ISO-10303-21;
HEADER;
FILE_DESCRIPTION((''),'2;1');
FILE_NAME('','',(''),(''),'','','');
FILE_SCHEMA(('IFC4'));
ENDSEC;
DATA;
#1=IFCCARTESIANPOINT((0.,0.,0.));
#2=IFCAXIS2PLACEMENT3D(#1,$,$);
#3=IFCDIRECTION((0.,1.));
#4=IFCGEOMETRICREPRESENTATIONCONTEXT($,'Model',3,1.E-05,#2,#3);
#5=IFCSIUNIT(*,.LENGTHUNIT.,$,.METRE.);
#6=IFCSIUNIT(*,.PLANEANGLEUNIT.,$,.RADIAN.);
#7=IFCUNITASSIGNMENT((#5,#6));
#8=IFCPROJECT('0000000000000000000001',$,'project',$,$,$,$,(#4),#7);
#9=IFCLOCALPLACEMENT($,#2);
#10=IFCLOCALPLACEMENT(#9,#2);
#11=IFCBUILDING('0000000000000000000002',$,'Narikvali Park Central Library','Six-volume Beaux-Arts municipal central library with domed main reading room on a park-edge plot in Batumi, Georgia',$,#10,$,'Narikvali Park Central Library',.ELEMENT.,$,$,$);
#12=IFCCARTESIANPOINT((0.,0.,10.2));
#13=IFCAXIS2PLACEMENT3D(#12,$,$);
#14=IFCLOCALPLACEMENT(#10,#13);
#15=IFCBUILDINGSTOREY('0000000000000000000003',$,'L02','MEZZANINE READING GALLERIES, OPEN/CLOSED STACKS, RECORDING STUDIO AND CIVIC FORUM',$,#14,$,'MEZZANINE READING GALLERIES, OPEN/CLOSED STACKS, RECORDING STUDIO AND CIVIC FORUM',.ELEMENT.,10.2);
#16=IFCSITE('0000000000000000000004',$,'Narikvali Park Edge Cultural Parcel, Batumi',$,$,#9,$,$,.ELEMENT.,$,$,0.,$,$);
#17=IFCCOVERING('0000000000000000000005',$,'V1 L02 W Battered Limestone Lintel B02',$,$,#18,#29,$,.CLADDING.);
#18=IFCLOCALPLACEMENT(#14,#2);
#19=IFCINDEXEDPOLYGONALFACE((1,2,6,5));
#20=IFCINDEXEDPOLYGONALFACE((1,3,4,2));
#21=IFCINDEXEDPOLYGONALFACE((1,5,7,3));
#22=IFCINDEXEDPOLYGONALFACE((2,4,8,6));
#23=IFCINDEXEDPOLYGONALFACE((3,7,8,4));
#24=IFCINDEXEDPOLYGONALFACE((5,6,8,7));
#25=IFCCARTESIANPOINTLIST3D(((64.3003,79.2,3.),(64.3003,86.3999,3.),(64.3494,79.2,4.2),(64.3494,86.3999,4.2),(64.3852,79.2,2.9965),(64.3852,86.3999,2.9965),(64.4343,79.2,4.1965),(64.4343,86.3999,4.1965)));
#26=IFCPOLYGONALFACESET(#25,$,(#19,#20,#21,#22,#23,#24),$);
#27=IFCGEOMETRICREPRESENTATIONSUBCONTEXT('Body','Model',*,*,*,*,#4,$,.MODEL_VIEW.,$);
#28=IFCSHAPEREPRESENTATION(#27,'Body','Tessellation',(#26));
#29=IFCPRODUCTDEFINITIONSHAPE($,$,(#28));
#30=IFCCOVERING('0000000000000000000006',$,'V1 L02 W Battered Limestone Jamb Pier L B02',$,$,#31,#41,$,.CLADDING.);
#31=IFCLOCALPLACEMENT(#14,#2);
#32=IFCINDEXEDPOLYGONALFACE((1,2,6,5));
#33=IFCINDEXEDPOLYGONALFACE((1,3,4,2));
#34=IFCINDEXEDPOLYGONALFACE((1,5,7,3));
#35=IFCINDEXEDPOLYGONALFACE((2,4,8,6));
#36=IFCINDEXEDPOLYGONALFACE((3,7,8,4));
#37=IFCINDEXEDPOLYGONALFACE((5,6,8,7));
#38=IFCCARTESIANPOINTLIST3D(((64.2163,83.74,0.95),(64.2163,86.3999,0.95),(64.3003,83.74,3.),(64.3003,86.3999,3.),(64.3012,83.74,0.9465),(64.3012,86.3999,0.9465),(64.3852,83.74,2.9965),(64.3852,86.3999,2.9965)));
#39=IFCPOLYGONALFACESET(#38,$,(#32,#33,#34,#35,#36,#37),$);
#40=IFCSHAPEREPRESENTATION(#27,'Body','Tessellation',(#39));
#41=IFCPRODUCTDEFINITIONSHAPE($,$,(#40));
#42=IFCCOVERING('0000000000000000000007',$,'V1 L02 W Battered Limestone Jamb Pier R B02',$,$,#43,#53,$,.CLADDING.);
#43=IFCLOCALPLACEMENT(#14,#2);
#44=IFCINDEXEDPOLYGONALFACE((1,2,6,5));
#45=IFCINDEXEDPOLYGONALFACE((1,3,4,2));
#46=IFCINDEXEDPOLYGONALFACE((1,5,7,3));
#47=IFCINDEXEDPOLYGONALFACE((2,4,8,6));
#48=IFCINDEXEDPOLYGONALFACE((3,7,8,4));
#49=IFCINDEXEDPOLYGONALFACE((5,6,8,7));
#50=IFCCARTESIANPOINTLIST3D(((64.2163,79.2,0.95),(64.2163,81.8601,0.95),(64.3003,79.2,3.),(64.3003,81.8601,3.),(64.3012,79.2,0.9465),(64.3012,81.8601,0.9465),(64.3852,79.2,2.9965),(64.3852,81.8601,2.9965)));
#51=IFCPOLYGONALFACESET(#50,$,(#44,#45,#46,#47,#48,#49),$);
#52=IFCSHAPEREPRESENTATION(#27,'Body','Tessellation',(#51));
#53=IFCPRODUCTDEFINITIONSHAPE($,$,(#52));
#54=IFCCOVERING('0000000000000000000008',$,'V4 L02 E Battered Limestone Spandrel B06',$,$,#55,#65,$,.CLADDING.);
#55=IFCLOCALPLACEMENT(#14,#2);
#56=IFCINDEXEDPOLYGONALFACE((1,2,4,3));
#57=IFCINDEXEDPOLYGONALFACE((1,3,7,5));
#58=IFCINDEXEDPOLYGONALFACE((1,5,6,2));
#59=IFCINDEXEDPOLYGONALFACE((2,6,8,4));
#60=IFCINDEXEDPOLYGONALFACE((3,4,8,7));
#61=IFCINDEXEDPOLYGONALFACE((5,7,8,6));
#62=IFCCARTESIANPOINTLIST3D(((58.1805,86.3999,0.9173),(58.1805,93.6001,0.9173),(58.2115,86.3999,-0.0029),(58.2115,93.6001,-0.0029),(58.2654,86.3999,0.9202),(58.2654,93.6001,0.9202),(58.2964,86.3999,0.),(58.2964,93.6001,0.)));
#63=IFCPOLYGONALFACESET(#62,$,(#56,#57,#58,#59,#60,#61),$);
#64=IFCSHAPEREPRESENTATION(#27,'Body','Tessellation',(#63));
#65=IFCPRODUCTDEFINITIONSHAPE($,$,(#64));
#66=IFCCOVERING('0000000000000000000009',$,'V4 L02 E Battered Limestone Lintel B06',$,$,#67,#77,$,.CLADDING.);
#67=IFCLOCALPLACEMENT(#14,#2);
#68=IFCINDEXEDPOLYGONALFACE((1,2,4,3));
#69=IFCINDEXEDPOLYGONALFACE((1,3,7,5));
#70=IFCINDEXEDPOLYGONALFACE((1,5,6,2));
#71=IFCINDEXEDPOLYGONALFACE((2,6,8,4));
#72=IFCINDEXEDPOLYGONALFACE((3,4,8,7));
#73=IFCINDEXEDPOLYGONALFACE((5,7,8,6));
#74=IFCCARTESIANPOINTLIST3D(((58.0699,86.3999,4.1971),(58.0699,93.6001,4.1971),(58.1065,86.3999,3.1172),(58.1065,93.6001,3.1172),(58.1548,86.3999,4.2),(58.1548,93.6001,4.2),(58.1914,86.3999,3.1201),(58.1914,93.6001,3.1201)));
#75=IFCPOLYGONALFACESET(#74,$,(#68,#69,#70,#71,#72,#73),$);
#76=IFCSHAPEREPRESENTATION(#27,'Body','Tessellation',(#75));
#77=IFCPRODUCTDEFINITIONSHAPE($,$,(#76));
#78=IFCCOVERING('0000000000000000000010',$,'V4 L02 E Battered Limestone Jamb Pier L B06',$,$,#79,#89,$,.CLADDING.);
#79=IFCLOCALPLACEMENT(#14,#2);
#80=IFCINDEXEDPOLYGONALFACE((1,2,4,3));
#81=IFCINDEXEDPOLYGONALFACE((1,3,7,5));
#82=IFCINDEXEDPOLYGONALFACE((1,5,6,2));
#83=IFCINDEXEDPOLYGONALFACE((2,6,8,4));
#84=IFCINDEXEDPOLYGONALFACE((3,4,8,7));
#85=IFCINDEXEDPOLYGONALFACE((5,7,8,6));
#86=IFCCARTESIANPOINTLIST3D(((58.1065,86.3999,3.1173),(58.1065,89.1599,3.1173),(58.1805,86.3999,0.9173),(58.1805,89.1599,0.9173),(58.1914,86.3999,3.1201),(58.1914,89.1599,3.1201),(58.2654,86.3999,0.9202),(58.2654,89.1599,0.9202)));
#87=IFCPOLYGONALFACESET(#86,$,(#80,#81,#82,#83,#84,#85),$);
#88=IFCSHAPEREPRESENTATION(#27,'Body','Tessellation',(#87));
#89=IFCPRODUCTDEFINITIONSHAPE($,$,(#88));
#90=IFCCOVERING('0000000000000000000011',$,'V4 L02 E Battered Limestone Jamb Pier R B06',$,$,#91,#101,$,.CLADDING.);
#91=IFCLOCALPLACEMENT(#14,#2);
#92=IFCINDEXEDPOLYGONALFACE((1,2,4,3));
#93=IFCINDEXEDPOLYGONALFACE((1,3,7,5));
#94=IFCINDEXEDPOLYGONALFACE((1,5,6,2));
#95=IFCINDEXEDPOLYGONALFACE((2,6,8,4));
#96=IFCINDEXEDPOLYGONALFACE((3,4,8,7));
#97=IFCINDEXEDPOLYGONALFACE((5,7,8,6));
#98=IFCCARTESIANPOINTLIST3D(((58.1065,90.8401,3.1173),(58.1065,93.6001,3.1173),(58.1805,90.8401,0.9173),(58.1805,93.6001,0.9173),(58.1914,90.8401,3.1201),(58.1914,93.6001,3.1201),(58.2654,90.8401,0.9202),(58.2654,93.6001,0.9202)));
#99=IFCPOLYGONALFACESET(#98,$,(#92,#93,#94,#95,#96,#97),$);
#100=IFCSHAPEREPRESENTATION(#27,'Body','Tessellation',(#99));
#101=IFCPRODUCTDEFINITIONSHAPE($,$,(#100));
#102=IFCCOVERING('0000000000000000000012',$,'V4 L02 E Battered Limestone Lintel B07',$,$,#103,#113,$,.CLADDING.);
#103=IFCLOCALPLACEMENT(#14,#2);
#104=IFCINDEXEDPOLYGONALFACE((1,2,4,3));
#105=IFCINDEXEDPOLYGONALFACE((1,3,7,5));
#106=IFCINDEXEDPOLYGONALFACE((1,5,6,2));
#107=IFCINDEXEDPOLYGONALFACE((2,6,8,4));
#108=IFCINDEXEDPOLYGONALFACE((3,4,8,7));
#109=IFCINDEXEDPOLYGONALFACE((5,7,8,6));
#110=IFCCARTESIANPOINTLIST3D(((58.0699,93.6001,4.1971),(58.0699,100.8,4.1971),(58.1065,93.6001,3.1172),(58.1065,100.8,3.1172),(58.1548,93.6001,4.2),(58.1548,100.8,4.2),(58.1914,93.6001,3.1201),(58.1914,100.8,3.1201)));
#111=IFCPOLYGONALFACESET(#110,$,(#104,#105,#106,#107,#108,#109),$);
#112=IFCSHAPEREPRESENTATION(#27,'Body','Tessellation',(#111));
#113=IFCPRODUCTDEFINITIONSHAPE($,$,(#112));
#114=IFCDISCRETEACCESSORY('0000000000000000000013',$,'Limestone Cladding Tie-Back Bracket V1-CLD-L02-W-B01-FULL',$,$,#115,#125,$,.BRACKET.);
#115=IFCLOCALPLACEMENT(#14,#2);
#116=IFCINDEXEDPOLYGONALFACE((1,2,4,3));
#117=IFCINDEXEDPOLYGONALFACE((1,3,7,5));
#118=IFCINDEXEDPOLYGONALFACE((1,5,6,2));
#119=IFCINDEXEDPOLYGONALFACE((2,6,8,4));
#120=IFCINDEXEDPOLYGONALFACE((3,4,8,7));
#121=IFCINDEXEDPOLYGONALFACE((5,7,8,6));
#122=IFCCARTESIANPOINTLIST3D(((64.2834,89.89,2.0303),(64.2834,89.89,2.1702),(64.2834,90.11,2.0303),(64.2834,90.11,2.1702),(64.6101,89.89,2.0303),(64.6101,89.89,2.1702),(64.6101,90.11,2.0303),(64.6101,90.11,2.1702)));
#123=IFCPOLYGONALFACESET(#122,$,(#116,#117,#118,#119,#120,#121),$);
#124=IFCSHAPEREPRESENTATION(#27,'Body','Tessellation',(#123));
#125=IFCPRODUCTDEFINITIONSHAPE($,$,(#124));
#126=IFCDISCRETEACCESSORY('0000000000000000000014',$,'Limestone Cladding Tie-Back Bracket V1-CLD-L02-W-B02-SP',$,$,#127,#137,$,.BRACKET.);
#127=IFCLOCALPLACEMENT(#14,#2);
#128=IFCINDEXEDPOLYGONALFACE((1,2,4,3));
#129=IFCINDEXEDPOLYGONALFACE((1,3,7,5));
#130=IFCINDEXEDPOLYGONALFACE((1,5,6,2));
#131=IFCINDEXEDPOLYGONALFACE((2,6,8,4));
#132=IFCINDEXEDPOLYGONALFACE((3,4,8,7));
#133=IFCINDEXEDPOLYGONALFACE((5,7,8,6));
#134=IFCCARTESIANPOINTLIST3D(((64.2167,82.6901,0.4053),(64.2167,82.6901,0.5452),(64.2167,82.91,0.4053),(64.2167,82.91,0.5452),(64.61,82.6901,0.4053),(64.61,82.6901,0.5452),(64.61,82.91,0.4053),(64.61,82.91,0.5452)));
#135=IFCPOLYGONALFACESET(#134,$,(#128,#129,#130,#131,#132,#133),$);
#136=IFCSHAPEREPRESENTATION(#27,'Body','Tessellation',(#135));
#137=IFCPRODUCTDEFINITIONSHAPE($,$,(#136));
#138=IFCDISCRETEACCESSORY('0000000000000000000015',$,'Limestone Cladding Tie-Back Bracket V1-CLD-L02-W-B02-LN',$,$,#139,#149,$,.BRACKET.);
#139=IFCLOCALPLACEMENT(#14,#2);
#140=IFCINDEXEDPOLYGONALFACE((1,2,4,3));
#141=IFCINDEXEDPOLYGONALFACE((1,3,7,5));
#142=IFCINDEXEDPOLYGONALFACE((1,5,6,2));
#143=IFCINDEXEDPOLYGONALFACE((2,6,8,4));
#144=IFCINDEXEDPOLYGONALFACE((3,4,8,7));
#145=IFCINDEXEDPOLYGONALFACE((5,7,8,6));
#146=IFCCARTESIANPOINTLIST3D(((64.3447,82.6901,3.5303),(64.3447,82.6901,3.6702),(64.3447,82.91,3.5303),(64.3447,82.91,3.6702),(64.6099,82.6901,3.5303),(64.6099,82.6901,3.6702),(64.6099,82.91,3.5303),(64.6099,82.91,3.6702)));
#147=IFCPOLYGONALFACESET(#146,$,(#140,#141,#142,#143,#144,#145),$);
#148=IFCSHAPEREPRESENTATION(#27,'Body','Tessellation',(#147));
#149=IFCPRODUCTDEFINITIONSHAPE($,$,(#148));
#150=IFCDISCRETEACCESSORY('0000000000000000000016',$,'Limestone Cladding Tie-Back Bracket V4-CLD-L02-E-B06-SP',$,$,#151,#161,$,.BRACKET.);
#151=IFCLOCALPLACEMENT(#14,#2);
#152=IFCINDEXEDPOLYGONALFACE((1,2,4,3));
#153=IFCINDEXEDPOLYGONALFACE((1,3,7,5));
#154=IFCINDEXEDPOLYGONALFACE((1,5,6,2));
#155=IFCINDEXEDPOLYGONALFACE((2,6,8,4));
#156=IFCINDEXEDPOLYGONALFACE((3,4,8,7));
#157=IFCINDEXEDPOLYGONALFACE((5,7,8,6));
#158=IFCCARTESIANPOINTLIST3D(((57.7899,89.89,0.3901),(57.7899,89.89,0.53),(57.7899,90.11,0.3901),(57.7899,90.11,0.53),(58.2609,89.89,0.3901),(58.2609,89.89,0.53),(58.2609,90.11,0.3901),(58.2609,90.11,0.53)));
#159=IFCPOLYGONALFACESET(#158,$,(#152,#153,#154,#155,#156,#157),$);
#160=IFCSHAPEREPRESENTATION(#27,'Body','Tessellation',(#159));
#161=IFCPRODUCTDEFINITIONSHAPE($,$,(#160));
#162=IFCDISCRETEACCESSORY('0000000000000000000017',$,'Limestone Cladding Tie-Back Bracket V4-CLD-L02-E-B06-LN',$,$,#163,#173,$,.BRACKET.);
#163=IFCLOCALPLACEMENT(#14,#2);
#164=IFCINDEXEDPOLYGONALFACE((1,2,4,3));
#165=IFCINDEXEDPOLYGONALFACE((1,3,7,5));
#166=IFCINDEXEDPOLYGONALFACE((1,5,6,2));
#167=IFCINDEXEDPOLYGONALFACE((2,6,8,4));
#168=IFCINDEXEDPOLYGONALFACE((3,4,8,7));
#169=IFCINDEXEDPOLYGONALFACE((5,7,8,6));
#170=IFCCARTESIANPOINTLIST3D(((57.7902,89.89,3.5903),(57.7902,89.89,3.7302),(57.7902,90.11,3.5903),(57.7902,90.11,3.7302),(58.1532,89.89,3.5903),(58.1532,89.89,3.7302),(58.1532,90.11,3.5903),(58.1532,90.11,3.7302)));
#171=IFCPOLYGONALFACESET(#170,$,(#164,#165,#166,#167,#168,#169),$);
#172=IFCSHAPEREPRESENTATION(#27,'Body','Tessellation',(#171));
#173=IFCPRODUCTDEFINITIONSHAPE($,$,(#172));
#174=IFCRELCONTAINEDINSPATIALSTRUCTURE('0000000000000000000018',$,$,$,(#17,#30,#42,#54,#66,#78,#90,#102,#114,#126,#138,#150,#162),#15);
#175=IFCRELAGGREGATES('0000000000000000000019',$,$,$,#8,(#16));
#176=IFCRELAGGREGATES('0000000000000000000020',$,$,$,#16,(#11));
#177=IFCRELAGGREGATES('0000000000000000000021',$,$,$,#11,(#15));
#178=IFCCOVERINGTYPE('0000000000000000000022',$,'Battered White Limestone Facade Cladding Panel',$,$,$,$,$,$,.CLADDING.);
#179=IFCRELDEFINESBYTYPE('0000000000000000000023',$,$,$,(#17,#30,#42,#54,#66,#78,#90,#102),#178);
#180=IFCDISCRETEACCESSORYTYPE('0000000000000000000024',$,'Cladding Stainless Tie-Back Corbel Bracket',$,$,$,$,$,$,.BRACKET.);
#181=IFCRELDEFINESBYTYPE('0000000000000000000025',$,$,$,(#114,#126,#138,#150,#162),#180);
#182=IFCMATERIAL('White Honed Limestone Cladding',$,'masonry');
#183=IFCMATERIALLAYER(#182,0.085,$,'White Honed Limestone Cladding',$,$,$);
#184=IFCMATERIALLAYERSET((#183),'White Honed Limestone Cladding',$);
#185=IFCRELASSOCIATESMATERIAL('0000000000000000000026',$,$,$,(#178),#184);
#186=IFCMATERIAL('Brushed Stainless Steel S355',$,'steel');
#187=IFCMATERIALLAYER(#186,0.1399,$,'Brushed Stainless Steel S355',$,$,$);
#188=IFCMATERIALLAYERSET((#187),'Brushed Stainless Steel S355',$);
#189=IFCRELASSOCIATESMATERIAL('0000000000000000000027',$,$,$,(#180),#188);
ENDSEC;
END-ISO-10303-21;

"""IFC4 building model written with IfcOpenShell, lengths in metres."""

from ifc_helpers import new_model, si_unit, direction, frame, origin, origin_2d, place, context, subcontext, project, spatial, polyline, rectangle, outline, extrude, material, layer, layer_set, type_object, element, save


model = new_model("IFC4")

# Units and contexts
model_context = context("Model", 3, precision=1e-05, world=origin(), true_north=direction((0.0, 1.0)))
body_context = subcontext(model_context, "Body", "Model", "MODEL_VIEW")
ifc_project = project(units=[si_unit("LENGTHUNIT", "METRE"), si_unit("PLANEANGLEUNIT", "RADIAN")], contexts=[model_context])

# Site, building, storey
site_placement = place(None, origin())
site = spatial("IfcSite", under=ifc_project, at=site_placement, Name="Narikvali Park Edge Cultural Parcel, Batumi", CompositionType="ELEMENT", RefElevation=0.0)
building_placement = place(site_placement, origin())
building = spatial("IfcBuilding", under=site, at=building_placement, Name="Narikvali Park Central Library", Description="Six-volume Beaux-Arts municipal central library with domed main reading room on a park-edge plot in Batumi, Georgia", LongName="Narikvali Park Central Library", CompositionType="ELEMENT")
storey_placement = place(building_placement, frame((0.0, 0.0, 10.2)))
storey = spatial("IfcBuildingStorey", under=building, at=storey_placement, Name="L02", Description="MEZZANINE READING GALLERIES, OPEN/CLOSED STACKS, RECORDING STUDIO AND CIVIC FORUM", LongName="MEZZANINE READING GALLERIES, OPEN/CLOSED STACKS, RECORDING STUDIO AND CIVIC FORUM", CompositionType="ELEMENT", Elevation=10.2)

# Coverings
ifc_material_1 = material(Name="White Honed Limestone Cladding", Category="masonry")
ifc_layer_1 = layer(ifc_material_1, 0.085, Name="White Honed Limestone Cladding")
ifc_layer_set_1 = layer_set([ifc_layer_1], Name="White Honed Limestone Cladding")
covering_type = type_object("IfcCoveringType", Name="Battered White Limestone Facade Cladding Panel", PredefinedType="CLADDING", material=ifc_layer_set_1)
covering_1_placement = place(storey_placement, frame((64.3003, 86.3999, 3.0), z_axis=(-0.999165, 0.0, 0.040861), x_axis=(0.0, -1.0, 0.0)))
element("IfcCovering", 1, at=covering_1_placement, inside=storey, type_object=covering_type, Name="V1 L02 W Battered Limestone Lintel B02", PredefinedType="CLADDING", context=body_context, shape_type="SweptSolid", body=[
    extrude(outline(polyline([(0.0, 0.0), (7.2, 0.0), (7.2, 1.201), (0.0, 1.201), (0.0, 0.0)])), origin(), (0.0, 0.0, -1.0), 0.085),
])
covering_2_placement = place(storey_placement, frame((64.2163, 86.3999, 0.95), z_axis=(-0.999162, 0.0, 0.040933), x_axis=(0.0, -1.0, 0.0)))
element("IfcCovering", 2, at=covering_2_placement, inside=storey, type_object=covering_type, Name="V1 L02 W Battered Limestone Jamb Pier L B02", PredefinedType="CLADDING", context=body_context, shape_type="SweptSolid", body=[
    extrude(outline(polyline([(0.0, 0.0), (2.6599, 0.0), (2.6599, 2.0518), (0.0, 2.0518), (0.0, 0.0)])), origin(), (0.0, 0.0, -1.0), 0.085),
])
covering_3_placement = place(storey_placement, frame((64.2163, 81.8601, 0.95), z_axis=(-0.999162, 0.0, 0.040933), x_axis=(0.0, -1.0, 0.0)))
element("IfcCovering", 3, at=covering_3_placement, inside=storey, type_object=covering_type, Name="V1 L02 W Battered Limestone Jamb Pier R B02", PredefinedType="CLADDING", context=body_context, shape_type="SweptSolid", body=[
    extrude(outline(polyline([(0.0, 0.0), (2.6602, 0.0), (2.6602, 2.0518), (0.0, 2.0518), (0.0, 0.0)])), origin(), (0.0, 0.0, -1.0), 0.085),
])
covering_4_placement = place(storey_placement, frame((58.2964, 86.3999, 0.0), z_axis=(0.999433, 0.0, 0.033677), x_axis=(0.0, 1.0, 0.0)))
element("IfcCovering", 4, at=covering_4_placement, inside=storey, type_object=covering_type, Name="V4 L02 E Battered Limestone Spandrel B06", PredefinedType="CLADDING", context=body_context, shape_type="SweptSolid", body=[
    extrude(outline(polyline([(0.0, 0.0), (7.2002, 0.0), (7.2002, 0.9207), (0.0, 0.9207), (0.0, 0.0)])), origin(), (0.0, 0.0, -1.0), 0.085),
])
covering_5_placement = place(storey_placement, frame((58.1914, 86.3999, 3.1201), z_axis=(0.999425, 0.0, 0.033894), x_axis=(0.0, 1.0, 0.0)))
element("IfcCovering", 5, at=covering_5_placement, inside=storey, type_object=covering_type, Name="V4 L02 E Battered Limestone Lintel B06", PredefinedType="CLADDING", context=body_context, shape_type="SweptSolid", body=[
    extrude(outline(polyline([(0.0, 0.0), (7.2002, 0.0), (7.2002, 1.0805), (0.0, 1.0805), (0.0, 0.0)])), origin(), (0.0, 0.0, -1.0), 0.085),
])
for number, where, z_axis, x_axis, name in (
    (6, (58.2654, 86.3999, 0.9202), (0.999435, 0.0, 0.033607), (0.0, 1.0, 0.0), "V4 L02 E Battered Limestone Jamb Pier L B06"),
    (7, (58.2654, 90.8401, 0.9202), (0.999435, 0.0, 0.033607), (0.0, 1.0, 0.0), "V4 L02 E Battered Limestone Jamb Pier R B06"),
):
    element("IfcCovering", number, at=place(storey_placement, frame(where, z_axis=z_axis, x_axis=x_axis)), inside=storey, type_object=covering_type, Name=name, PredefinedType="CLADDING", context=body_context, shape_type="SweptSolid", body=[
        extrude(outline(polyline([(0.0, 0.0), (2.76, 0.0), (2.76, 2.2012), (0.0, 2.2012), (0.0, 0.0)])), origin(), (0.0, 0.0, -1.0), 0.085),
    ])
covering_6_placement = place(storey_placement, frame((58.1914, 93.6001, 3.1201), z_axis=(0.999425, 0.0, 0.033894), x_axis=(0.0, 1.0, 0.0)))
element("IfcCovering", 8, at=covering_6_placement, inside=storey, type_object=covering_type, Name="V4 L02 E Battered Limestone Lintel B07", PredefinedType="CLADDING", context=body_context, shape_type="SweptSolid", body=[
    extrude(outline(polyline([(0.0, 0.0), (7.2, 0.0), (7.2, 1.0805), (0.0, 1.0805), (0.0, 0.0)])), origin(), (0.0, 0.0, -1.0), 0.085),
])

# Discrete accessories
ifc_material_2 = material(Name="Brushed Stainless Steel S355", Category="steel")
ifc_layer_2 = layer(ifc_material_2, 0.1399, Name="Brushed Stainless Steel S355")
ifc_layer_set_2 = layer_set([ifc_layer_2], Name="Brushed Stainless Steel S355")
discrete_accessory_type = type_object("IfcDiscreteAccessoryType", Name="Cladding Stainless Tie-Back Corbel Bracket", PredefinedType="BRACKET", material=ifc_layer_set_2)
discrete_accessory_1_placement = place(storey_placement, frame((64.4468, 90.0, 2.0303), z_axis=(0.0, 0.0, 1.0), x_axis=(1.0, 0.0, 0.0)))
element("IfcDiscreteAccessory", 9, at=discrete_accessory_1_placement, inside=storey, type_object=discrete_accessory_type, Name="Limestone Cladding Tie-Back Bracket V1-CLD-L02-W-B01-FULL", PredefinedType="BRACKET", context=body_context, shape_type="SweptSolid", body=[
    extrude(rectangle(XDim=0.3267, YDim=0.22, at=origin_2d()), origin(), (0.0, 0.0, 1.0), 0.1399),
])
discrete_accessory_2_placement = place(storey_placement, frame((64.4133, 82.8, 0.4053), z_axis=(0.0, 0.0, 1.0), x_axis=(1.0, 0.0, 0.0)))
element("IfcDiscreteAccessory", 10, at=discrete_accessory_2_placement, inside=storey, type_object=discrete_accessory_type, Name="Limestone Cladding Tie-Back Bracket V1-CLD-L02-W-B02-SP", PredefinedType="BRACKET", context=body_context, shape_type="SweptSolid", body=[
    extrude(rectangle(XDim=0.3933, YDim=0.22, at=origin_2d()), origin(), (0.0, 0.0, 1.0), 0.1399),
])
discrete_accessory_3_placement = place(storey_placement, frame((64.4773, 82.8, 3.5303), z_axis=(0.0, 0.0, 1.0), x_axis=(1.0, 0.0, 0.0)))
element("IfcDiscreteAccessory", 11, at=discrete_accessory_3_placement, inside=storey, type_object=discrete_accessory_type, Name="Limestone Cladding Tie-Back Bracket V1-CLD-L02-W-B02-LN", PredefinedType="BRACKET", context=body_context, shape_type="SweptSolid", body=[
    extrude(rectangle(XDim=0.2651, YDim=0.22, at=origin_2d()), origin(), (0.0, 0.0, 1.0), 0.1399),
])
discrete_accessory_4_placement = place(storey_placement, frame((58.0254, 90.0, 0.3901), z_axis=(0.0, 0.0, 1.0), x_axis=(1.0, 0.0, 0.0)))
element("IfcDiscreteAccessory", 12, at=discrete_accessory_4_placement, inside=storey, type_object=discrete_accessory_type, Name="Limestone Cladding Tie-Back Bracket V4-CLD-L02-E-B06-SP", PredefinedType="BRACKET", context=body_context, shape_type="SweptSolid", body=[
    extrude(rectangle(XDim=0.4709, YDim=0.22, at=origin_2d()), origin(), (0.0, 0.0, 1.0), 0.1399),
])
discrete_accessory_5_placement = place(storey_placement, frame((57.9717, 90.0, 3.5903), z_axis=(0.0, 0.0, 1.0), x_axis=(1.0, 0.0, 0.0)))
element("IfcDiscreteAccessory", 13, at=discrete_accessory_5_placement, inside=storey, type_object=discrete_accessory_type, Name="Limestone Cladding Tie-Back Bracket V4-CLD-L02-E-B06-LN", PredefinedType="BRACKET", context=body_context, shape_type="SweptSolid", body=[
    extrude(rectangle(XDim=0.363, YDim=0.22, at=origin_2d()), origin(), (0.0, 0.0, 1.0), 0.1399),
])

save(model, "model.ifc")
